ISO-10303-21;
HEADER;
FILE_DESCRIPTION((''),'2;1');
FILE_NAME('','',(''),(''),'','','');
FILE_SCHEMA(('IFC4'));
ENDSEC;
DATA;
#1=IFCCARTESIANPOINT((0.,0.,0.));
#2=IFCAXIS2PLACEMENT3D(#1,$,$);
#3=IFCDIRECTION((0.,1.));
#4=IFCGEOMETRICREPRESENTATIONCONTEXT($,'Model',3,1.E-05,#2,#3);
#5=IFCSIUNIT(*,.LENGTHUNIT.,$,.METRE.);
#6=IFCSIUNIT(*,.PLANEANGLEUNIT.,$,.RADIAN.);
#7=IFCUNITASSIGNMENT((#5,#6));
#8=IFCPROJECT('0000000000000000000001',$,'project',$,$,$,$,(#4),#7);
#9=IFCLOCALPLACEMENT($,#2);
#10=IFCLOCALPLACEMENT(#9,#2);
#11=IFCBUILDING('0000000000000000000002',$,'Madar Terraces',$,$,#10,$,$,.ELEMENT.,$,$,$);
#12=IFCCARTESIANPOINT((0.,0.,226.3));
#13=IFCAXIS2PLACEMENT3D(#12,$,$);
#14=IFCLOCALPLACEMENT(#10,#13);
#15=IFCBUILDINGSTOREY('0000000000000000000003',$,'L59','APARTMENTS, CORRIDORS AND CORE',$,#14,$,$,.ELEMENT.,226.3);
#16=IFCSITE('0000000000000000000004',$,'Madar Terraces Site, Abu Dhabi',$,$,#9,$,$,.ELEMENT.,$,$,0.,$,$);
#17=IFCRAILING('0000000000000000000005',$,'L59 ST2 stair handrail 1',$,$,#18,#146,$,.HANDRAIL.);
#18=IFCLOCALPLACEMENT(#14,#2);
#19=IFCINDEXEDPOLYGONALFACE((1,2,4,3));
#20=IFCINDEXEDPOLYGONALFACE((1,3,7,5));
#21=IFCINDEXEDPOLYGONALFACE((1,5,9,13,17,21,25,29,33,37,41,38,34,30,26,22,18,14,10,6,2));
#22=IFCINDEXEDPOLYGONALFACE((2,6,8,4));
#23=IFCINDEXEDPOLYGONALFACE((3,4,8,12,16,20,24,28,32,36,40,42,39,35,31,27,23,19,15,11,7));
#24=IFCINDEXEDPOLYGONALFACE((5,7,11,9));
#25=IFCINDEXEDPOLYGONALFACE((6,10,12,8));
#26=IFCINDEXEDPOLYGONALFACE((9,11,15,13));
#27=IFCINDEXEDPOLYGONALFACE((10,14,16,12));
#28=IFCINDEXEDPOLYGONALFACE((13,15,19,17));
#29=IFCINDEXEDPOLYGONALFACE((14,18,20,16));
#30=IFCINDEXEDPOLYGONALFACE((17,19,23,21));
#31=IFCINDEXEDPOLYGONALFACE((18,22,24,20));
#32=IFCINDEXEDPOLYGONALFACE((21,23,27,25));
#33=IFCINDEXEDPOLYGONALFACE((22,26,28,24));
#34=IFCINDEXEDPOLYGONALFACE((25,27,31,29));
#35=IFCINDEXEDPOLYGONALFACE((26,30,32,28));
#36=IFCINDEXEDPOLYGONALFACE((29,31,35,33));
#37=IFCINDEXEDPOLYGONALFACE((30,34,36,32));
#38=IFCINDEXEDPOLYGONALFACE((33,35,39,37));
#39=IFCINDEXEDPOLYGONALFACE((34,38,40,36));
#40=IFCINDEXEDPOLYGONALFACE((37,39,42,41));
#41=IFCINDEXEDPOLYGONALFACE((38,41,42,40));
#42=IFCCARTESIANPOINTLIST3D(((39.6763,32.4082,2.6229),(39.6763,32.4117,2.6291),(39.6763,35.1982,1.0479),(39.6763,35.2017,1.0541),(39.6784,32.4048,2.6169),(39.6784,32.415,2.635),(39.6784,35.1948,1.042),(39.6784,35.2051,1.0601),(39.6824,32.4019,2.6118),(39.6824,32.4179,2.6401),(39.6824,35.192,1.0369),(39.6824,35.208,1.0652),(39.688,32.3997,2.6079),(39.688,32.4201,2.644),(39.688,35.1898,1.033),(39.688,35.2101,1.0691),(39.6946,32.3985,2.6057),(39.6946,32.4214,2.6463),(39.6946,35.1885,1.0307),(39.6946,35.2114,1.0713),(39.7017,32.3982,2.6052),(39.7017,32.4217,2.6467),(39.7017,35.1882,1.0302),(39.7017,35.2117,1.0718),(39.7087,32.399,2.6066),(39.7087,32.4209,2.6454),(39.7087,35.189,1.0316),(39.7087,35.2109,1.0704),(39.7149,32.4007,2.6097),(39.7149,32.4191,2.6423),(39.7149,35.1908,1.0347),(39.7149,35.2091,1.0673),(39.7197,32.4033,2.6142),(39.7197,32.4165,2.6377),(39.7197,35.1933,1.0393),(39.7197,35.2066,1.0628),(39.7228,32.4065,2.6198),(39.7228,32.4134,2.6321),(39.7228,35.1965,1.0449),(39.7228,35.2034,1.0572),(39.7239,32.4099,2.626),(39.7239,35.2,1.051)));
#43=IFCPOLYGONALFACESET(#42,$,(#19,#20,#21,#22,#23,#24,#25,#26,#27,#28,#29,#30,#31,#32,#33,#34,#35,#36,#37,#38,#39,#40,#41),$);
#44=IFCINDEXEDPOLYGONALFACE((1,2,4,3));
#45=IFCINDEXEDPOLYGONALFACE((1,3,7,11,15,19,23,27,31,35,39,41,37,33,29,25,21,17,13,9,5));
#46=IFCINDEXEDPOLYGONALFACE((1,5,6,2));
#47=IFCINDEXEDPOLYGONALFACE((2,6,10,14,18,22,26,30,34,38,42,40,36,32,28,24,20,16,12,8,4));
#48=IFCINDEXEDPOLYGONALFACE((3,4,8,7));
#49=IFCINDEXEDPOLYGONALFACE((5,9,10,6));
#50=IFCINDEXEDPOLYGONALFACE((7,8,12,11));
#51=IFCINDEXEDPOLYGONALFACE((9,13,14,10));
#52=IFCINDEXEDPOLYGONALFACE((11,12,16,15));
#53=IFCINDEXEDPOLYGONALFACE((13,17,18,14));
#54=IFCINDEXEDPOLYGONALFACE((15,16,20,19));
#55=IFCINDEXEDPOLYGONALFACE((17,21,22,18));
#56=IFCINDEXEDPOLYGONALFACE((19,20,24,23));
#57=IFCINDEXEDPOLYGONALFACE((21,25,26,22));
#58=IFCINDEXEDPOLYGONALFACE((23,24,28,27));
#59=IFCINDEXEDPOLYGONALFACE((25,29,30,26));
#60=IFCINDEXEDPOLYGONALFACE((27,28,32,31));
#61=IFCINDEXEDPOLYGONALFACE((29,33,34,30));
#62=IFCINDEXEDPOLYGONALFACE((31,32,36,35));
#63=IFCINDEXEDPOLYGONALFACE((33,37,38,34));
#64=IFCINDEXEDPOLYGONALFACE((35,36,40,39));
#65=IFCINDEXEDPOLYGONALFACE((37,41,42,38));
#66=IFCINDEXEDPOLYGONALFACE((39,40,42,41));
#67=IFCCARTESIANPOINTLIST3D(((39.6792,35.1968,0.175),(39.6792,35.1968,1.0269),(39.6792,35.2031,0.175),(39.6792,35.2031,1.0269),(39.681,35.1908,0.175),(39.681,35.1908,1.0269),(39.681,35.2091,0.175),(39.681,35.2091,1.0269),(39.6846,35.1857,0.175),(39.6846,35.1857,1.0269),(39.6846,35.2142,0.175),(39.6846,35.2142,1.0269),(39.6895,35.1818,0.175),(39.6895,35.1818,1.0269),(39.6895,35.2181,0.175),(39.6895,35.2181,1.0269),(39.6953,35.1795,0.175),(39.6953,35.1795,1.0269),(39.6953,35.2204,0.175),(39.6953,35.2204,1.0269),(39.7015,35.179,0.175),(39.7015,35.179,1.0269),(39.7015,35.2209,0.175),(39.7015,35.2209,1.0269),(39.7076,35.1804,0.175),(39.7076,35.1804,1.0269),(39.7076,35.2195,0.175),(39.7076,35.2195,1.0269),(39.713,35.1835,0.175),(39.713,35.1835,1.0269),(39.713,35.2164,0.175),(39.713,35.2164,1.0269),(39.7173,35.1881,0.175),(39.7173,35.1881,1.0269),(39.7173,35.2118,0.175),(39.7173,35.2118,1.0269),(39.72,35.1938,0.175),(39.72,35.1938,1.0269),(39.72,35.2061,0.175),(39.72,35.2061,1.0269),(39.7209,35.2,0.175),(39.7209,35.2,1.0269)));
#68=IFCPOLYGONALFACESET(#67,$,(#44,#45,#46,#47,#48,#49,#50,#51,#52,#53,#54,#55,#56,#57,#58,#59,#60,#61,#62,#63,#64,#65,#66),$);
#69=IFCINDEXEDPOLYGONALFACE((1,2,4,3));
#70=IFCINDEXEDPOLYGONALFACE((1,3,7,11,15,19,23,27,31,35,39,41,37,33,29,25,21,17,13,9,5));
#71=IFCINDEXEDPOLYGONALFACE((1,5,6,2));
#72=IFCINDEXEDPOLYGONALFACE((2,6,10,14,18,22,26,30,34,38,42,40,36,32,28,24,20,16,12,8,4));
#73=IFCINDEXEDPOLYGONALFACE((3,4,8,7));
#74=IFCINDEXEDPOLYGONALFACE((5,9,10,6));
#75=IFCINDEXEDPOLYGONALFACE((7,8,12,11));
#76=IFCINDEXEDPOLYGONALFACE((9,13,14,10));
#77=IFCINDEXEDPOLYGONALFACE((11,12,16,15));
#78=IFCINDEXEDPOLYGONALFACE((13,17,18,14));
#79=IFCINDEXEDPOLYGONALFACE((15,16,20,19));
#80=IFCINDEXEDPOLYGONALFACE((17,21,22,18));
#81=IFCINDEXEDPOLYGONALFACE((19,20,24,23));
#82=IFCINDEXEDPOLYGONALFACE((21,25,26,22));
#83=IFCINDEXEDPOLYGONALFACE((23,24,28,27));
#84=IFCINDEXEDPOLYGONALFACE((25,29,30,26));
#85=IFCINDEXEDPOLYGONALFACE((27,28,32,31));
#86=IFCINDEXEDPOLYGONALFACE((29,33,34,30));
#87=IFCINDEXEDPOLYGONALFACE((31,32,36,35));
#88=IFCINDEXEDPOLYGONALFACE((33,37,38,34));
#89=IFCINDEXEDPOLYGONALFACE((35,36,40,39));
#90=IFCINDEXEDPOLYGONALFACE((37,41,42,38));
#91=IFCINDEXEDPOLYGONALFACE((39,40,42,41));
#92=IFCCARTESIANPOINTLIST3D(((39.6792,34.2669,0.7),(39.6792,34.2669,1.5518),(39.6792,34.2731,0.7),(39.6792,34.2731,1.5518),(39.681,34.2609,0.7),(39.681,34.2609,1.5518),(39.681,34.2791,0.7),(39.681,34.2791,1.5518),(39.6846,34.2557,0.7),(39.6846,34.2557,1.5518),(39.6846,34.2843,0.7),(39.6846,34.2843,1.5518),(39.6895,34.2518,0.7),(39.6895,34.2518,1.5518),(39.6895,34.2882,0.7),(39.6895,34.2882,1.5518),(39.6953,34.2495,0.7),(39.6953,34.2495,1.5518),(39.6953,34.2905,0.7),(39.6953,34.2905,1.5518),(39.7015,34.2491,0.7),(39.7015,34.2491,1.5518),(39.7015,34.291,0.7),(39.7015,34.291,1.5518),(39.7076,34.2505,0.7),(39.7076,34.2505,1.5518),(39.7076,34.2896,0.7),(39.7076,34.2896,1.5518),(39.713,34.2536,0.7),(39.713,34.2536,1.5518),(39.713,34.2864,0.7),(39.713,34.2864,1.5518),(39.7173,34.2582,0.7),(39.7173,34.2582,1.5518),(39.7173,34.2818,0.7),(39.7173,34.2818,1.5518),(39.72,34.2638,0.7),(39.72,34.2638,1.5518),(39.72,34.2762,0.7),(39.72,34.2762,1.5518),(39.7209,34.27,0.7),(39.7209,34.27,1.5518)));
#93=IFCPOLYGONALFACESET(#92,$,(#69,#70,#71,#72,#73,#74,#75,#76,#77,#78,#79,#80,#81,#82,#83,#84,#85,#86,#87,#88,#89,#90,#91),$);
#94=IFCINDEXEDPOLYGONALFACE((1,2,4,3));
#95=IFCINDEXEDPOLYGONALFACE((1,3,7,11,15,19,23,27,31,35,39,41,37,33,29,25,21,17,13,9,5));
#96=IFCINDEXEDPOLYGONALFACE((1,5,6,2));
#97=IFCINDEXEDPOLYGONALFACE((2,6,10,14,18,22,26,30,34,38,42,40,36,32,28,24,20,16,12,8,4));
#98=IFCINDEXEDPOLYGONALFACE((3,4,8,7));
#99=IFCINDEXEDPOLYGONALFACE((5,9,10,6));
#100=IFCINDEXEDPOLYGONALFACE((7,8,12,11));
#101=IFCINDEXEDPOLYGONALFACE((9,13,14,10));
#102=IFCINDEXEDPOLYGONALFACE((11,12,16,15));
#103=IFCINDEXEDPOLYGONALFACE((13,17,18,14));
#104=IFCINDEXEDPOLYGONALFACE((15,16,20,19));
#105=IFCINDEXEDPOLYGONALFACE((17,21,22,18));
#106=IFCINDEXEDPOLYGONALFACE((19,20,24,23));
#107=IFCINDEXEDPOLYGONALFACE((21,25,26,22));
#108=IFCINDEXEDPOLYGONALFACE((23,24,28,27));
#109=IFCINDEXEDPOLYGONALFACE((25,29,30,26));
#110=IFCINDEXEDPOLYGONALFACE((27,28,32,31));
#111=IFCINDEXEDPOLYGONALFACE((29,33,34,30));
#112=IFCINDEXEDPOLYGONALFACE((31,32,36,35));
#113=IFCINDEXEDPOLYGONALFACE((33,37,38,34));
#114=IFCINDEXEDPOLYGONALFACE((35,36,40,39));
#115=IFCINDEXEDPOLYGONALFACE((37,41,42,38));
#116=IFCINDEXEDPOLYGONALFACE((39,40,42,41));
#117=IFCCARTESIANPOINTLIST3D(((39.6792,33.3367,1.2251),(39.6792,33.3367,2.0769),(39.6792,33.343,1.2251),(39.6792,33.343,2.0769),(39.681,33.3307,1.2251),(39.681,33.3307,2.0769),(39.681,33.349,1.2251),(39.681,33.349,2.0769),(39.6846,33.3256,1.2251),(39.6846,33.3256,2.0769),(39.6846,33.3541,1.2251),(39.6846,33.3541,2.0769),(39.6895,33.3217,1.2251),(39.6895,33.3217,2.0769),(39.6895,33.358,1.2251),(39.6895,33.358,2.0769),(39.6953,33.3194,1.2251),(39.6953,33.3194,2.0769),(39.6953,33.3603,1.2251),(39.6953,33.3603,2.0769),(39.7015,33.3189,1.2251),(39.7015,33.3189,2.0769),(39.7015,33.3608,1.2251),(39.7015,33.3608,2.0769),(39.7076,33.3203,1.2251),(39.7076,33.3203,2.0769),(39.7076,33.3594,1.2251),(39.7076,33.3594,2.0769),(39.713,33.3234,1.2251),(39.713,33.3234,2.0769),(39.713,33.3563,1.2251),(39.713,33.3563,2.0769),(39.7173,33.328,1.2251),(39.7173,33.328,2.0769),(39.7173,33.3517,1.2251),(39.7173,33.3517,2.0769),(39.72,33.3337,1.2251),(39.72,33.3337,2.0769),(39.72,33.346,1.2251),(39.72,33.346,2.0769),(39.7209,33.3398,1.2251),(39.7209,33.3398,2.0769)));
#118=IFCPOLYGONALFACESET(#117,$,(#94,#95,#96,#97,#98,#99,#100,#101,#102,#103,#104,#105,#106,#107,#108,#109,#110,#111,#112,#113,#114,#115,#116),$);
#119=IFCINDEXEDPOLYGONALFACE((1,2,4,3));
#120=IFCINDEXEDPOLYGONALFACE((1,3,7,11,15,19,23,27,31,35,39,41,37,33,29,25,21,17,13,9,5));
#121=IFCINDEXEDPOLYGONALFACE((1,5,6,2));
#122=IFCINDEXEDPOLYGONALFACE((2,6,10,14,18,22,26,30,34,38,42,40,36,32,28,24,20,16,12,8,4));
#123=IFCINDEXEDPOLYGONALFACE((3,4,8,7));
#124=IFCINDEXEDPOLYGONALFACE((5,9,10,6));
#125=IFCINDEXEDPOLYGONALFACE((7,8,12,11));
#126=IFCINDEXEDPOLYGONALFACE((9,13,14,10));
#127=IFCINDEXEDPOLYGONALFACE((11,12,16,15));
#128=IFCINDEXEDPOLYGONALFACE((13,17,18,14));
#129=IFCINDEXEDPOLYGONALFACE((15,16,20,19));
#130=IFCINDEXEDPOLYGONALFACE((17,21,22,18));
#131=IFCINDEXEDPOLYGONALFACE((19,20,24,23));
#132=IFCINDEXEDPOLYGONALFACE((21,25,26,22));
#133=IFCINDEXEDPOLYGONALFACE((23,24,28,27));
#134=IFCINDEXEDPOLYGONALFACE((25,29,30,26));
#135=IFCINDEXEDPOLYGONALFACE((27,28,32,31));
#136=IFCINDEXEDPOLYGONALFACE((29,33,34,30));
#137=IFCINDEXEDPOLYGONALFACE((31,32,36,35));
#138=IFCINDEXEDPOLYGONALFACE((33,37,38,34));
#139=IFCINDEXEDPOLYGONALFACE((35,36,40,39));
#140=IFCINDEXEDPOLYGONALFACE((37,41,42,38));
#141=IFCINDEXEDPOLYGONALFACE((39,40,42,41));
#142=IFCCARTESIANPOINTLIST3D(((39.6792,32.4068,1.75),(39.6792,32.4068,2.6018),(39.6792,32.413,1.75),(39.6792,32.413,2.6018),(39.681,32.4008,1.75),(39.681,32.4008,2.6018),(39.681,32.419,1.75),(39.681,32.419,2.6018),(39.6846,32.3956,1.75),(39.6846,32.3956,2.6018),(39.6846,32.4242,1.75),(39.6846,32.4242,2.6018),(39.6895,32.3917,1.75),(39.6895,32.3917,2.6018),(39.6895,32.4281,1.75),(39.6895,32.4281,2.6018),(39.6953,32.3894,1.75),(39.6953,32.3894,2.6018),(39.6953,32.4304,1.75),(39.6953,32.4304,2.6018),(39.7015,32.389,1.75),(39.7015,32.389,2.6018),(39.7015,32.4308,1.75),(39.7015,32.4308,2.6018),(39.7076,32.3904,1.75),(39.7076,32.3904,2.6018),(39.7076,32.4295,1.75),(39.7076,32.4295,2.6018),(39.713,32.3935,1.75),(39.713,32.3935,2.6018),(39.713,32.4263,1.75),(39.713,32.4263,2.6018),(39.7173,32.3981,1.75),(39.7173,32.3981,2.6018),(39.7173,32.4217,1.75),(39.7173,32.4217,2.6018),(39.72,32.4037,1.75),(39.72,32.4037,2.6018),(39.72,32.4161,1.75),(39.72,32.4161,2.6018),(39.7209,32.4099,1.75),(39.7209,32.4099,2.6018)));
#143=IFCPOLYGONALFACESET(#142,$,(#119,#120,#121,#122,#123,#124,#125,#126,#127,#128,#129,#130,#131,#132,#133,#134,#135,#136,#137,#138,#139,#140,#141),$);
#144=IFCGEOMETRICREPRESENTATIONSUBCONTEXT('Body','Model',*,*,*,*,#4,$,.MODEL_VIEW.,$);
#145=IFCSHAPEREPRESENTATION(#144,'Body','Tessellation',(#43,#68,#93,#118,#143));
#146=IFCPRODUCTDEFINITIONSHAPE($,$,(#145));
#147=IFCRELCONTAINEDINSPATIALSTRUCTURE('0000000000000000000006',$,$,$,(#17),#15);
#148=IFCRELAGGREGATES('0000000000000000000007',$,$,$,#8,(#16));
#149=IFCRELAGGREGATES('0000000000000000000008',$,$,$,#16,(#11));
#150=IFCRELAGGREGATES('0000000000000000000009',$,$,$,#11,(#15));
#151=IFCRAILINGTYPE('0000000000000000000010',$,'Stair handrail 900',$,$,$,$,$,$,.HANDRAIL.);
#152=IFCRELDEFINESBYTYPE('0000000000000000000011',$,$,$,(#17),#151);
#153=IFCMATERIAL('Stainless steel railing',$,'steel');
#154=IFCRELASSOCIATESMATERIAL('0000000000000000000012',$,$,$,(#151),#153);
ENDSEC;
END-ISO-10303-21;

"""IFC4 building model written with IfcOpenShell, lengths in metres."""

from ifc_helpers import new_model, si_unit, direction, frame, origin, origin_2d, place, context, subcontext, project, spatial, circle, extrude, material, type_object, element, save


model = new_model("IFC4")

# Units and contexts
model_context = context("Model", 3, precision=1e-05, world=origin(), true_north=direction((0.0, 1.0)))
body_context = subcontext(model_context, "Body", "Model", "MODEL_VIEW")
ifc_project = project(units=[si_unit("LENGTHUNIT", "METRE"), si_unit("PLANEANGLEUNIT", "RADIAN")], contexts=[model_context])

# Site, building, storey
site_placement = place(None, origin())
site = spatial("IfcSite", under=ifc_project, at=site_placement, Name="Madar Terraces Site, Abu Dhabi", CompositionType="ELEMENT", RefElevation=0.0)
building_placement = place(site_placement, origin())
building = spatial("IfcBuilding", under=site, at=building_placement, Name="Madar Terraces", CompositionType="ELEMENT")
storey_placement = place(building_placement, frame((0.0, 0.0, 226.3)))
storey = spatial("IfcBuildingStorey", under=building, at=storey_placement, Name="L59", Description="APARTMENTS, CORRIDORS AND CORE", CompositionType="ELEMENT", Elevation=226.3)

# Railing
ifc_material_1 = material(Name="Stainless steel railing", Category="steel")
railing_type_1 = type_object("IfcRailingType", Name="Stair handrail 900", PredefinedType="HANDRAIL", material=ifc_material_1)
railing_1_placement = place(storey_placement, frame((39.7, 35.2, 0.175)))
element("IfcRailing", 1, at=railing_1_placement, inside=storey, type_object=railing_type_1, Name="L59 ST2 stair handrail 1", PredefinedType="HANDRAIL", context=body_context, shape_type="SweptSolid", body=[
    extrude(circle(Radius=0.0239, at=origin_2d()), frame((0.0, 0.0, 0.876), z_axis=(0.0, -0.870834, 0.491578), x_axis=(1.0, 0.0, 0.0)), (0.0, 0.0, 1.0), 3.2039),
    extrude(circle(Radius=0.021, at=origin_2d()), origin(), (0.0, 0.0, 1.0), 0.8518),
    extrude(circle(Radius=0.021, at=origin_2d()), frame((0.0, -0.9299, 0.5249)), (0.0, 0.0, 1.0), 0.8518),
    extrude(circle(Radius=0.021, at=origin_2d()), frame((0.0, -1.8601, 1.05)), (0.0, 0.0, 1.0), 0.8518),
    extrude(circle(Radius=0.021, at=origin_2d()), frame((0.0, -2.79, 1.575)), (0.0, 0.0, 1.0), 0.8518),
])

save(model, "model.ifc")
